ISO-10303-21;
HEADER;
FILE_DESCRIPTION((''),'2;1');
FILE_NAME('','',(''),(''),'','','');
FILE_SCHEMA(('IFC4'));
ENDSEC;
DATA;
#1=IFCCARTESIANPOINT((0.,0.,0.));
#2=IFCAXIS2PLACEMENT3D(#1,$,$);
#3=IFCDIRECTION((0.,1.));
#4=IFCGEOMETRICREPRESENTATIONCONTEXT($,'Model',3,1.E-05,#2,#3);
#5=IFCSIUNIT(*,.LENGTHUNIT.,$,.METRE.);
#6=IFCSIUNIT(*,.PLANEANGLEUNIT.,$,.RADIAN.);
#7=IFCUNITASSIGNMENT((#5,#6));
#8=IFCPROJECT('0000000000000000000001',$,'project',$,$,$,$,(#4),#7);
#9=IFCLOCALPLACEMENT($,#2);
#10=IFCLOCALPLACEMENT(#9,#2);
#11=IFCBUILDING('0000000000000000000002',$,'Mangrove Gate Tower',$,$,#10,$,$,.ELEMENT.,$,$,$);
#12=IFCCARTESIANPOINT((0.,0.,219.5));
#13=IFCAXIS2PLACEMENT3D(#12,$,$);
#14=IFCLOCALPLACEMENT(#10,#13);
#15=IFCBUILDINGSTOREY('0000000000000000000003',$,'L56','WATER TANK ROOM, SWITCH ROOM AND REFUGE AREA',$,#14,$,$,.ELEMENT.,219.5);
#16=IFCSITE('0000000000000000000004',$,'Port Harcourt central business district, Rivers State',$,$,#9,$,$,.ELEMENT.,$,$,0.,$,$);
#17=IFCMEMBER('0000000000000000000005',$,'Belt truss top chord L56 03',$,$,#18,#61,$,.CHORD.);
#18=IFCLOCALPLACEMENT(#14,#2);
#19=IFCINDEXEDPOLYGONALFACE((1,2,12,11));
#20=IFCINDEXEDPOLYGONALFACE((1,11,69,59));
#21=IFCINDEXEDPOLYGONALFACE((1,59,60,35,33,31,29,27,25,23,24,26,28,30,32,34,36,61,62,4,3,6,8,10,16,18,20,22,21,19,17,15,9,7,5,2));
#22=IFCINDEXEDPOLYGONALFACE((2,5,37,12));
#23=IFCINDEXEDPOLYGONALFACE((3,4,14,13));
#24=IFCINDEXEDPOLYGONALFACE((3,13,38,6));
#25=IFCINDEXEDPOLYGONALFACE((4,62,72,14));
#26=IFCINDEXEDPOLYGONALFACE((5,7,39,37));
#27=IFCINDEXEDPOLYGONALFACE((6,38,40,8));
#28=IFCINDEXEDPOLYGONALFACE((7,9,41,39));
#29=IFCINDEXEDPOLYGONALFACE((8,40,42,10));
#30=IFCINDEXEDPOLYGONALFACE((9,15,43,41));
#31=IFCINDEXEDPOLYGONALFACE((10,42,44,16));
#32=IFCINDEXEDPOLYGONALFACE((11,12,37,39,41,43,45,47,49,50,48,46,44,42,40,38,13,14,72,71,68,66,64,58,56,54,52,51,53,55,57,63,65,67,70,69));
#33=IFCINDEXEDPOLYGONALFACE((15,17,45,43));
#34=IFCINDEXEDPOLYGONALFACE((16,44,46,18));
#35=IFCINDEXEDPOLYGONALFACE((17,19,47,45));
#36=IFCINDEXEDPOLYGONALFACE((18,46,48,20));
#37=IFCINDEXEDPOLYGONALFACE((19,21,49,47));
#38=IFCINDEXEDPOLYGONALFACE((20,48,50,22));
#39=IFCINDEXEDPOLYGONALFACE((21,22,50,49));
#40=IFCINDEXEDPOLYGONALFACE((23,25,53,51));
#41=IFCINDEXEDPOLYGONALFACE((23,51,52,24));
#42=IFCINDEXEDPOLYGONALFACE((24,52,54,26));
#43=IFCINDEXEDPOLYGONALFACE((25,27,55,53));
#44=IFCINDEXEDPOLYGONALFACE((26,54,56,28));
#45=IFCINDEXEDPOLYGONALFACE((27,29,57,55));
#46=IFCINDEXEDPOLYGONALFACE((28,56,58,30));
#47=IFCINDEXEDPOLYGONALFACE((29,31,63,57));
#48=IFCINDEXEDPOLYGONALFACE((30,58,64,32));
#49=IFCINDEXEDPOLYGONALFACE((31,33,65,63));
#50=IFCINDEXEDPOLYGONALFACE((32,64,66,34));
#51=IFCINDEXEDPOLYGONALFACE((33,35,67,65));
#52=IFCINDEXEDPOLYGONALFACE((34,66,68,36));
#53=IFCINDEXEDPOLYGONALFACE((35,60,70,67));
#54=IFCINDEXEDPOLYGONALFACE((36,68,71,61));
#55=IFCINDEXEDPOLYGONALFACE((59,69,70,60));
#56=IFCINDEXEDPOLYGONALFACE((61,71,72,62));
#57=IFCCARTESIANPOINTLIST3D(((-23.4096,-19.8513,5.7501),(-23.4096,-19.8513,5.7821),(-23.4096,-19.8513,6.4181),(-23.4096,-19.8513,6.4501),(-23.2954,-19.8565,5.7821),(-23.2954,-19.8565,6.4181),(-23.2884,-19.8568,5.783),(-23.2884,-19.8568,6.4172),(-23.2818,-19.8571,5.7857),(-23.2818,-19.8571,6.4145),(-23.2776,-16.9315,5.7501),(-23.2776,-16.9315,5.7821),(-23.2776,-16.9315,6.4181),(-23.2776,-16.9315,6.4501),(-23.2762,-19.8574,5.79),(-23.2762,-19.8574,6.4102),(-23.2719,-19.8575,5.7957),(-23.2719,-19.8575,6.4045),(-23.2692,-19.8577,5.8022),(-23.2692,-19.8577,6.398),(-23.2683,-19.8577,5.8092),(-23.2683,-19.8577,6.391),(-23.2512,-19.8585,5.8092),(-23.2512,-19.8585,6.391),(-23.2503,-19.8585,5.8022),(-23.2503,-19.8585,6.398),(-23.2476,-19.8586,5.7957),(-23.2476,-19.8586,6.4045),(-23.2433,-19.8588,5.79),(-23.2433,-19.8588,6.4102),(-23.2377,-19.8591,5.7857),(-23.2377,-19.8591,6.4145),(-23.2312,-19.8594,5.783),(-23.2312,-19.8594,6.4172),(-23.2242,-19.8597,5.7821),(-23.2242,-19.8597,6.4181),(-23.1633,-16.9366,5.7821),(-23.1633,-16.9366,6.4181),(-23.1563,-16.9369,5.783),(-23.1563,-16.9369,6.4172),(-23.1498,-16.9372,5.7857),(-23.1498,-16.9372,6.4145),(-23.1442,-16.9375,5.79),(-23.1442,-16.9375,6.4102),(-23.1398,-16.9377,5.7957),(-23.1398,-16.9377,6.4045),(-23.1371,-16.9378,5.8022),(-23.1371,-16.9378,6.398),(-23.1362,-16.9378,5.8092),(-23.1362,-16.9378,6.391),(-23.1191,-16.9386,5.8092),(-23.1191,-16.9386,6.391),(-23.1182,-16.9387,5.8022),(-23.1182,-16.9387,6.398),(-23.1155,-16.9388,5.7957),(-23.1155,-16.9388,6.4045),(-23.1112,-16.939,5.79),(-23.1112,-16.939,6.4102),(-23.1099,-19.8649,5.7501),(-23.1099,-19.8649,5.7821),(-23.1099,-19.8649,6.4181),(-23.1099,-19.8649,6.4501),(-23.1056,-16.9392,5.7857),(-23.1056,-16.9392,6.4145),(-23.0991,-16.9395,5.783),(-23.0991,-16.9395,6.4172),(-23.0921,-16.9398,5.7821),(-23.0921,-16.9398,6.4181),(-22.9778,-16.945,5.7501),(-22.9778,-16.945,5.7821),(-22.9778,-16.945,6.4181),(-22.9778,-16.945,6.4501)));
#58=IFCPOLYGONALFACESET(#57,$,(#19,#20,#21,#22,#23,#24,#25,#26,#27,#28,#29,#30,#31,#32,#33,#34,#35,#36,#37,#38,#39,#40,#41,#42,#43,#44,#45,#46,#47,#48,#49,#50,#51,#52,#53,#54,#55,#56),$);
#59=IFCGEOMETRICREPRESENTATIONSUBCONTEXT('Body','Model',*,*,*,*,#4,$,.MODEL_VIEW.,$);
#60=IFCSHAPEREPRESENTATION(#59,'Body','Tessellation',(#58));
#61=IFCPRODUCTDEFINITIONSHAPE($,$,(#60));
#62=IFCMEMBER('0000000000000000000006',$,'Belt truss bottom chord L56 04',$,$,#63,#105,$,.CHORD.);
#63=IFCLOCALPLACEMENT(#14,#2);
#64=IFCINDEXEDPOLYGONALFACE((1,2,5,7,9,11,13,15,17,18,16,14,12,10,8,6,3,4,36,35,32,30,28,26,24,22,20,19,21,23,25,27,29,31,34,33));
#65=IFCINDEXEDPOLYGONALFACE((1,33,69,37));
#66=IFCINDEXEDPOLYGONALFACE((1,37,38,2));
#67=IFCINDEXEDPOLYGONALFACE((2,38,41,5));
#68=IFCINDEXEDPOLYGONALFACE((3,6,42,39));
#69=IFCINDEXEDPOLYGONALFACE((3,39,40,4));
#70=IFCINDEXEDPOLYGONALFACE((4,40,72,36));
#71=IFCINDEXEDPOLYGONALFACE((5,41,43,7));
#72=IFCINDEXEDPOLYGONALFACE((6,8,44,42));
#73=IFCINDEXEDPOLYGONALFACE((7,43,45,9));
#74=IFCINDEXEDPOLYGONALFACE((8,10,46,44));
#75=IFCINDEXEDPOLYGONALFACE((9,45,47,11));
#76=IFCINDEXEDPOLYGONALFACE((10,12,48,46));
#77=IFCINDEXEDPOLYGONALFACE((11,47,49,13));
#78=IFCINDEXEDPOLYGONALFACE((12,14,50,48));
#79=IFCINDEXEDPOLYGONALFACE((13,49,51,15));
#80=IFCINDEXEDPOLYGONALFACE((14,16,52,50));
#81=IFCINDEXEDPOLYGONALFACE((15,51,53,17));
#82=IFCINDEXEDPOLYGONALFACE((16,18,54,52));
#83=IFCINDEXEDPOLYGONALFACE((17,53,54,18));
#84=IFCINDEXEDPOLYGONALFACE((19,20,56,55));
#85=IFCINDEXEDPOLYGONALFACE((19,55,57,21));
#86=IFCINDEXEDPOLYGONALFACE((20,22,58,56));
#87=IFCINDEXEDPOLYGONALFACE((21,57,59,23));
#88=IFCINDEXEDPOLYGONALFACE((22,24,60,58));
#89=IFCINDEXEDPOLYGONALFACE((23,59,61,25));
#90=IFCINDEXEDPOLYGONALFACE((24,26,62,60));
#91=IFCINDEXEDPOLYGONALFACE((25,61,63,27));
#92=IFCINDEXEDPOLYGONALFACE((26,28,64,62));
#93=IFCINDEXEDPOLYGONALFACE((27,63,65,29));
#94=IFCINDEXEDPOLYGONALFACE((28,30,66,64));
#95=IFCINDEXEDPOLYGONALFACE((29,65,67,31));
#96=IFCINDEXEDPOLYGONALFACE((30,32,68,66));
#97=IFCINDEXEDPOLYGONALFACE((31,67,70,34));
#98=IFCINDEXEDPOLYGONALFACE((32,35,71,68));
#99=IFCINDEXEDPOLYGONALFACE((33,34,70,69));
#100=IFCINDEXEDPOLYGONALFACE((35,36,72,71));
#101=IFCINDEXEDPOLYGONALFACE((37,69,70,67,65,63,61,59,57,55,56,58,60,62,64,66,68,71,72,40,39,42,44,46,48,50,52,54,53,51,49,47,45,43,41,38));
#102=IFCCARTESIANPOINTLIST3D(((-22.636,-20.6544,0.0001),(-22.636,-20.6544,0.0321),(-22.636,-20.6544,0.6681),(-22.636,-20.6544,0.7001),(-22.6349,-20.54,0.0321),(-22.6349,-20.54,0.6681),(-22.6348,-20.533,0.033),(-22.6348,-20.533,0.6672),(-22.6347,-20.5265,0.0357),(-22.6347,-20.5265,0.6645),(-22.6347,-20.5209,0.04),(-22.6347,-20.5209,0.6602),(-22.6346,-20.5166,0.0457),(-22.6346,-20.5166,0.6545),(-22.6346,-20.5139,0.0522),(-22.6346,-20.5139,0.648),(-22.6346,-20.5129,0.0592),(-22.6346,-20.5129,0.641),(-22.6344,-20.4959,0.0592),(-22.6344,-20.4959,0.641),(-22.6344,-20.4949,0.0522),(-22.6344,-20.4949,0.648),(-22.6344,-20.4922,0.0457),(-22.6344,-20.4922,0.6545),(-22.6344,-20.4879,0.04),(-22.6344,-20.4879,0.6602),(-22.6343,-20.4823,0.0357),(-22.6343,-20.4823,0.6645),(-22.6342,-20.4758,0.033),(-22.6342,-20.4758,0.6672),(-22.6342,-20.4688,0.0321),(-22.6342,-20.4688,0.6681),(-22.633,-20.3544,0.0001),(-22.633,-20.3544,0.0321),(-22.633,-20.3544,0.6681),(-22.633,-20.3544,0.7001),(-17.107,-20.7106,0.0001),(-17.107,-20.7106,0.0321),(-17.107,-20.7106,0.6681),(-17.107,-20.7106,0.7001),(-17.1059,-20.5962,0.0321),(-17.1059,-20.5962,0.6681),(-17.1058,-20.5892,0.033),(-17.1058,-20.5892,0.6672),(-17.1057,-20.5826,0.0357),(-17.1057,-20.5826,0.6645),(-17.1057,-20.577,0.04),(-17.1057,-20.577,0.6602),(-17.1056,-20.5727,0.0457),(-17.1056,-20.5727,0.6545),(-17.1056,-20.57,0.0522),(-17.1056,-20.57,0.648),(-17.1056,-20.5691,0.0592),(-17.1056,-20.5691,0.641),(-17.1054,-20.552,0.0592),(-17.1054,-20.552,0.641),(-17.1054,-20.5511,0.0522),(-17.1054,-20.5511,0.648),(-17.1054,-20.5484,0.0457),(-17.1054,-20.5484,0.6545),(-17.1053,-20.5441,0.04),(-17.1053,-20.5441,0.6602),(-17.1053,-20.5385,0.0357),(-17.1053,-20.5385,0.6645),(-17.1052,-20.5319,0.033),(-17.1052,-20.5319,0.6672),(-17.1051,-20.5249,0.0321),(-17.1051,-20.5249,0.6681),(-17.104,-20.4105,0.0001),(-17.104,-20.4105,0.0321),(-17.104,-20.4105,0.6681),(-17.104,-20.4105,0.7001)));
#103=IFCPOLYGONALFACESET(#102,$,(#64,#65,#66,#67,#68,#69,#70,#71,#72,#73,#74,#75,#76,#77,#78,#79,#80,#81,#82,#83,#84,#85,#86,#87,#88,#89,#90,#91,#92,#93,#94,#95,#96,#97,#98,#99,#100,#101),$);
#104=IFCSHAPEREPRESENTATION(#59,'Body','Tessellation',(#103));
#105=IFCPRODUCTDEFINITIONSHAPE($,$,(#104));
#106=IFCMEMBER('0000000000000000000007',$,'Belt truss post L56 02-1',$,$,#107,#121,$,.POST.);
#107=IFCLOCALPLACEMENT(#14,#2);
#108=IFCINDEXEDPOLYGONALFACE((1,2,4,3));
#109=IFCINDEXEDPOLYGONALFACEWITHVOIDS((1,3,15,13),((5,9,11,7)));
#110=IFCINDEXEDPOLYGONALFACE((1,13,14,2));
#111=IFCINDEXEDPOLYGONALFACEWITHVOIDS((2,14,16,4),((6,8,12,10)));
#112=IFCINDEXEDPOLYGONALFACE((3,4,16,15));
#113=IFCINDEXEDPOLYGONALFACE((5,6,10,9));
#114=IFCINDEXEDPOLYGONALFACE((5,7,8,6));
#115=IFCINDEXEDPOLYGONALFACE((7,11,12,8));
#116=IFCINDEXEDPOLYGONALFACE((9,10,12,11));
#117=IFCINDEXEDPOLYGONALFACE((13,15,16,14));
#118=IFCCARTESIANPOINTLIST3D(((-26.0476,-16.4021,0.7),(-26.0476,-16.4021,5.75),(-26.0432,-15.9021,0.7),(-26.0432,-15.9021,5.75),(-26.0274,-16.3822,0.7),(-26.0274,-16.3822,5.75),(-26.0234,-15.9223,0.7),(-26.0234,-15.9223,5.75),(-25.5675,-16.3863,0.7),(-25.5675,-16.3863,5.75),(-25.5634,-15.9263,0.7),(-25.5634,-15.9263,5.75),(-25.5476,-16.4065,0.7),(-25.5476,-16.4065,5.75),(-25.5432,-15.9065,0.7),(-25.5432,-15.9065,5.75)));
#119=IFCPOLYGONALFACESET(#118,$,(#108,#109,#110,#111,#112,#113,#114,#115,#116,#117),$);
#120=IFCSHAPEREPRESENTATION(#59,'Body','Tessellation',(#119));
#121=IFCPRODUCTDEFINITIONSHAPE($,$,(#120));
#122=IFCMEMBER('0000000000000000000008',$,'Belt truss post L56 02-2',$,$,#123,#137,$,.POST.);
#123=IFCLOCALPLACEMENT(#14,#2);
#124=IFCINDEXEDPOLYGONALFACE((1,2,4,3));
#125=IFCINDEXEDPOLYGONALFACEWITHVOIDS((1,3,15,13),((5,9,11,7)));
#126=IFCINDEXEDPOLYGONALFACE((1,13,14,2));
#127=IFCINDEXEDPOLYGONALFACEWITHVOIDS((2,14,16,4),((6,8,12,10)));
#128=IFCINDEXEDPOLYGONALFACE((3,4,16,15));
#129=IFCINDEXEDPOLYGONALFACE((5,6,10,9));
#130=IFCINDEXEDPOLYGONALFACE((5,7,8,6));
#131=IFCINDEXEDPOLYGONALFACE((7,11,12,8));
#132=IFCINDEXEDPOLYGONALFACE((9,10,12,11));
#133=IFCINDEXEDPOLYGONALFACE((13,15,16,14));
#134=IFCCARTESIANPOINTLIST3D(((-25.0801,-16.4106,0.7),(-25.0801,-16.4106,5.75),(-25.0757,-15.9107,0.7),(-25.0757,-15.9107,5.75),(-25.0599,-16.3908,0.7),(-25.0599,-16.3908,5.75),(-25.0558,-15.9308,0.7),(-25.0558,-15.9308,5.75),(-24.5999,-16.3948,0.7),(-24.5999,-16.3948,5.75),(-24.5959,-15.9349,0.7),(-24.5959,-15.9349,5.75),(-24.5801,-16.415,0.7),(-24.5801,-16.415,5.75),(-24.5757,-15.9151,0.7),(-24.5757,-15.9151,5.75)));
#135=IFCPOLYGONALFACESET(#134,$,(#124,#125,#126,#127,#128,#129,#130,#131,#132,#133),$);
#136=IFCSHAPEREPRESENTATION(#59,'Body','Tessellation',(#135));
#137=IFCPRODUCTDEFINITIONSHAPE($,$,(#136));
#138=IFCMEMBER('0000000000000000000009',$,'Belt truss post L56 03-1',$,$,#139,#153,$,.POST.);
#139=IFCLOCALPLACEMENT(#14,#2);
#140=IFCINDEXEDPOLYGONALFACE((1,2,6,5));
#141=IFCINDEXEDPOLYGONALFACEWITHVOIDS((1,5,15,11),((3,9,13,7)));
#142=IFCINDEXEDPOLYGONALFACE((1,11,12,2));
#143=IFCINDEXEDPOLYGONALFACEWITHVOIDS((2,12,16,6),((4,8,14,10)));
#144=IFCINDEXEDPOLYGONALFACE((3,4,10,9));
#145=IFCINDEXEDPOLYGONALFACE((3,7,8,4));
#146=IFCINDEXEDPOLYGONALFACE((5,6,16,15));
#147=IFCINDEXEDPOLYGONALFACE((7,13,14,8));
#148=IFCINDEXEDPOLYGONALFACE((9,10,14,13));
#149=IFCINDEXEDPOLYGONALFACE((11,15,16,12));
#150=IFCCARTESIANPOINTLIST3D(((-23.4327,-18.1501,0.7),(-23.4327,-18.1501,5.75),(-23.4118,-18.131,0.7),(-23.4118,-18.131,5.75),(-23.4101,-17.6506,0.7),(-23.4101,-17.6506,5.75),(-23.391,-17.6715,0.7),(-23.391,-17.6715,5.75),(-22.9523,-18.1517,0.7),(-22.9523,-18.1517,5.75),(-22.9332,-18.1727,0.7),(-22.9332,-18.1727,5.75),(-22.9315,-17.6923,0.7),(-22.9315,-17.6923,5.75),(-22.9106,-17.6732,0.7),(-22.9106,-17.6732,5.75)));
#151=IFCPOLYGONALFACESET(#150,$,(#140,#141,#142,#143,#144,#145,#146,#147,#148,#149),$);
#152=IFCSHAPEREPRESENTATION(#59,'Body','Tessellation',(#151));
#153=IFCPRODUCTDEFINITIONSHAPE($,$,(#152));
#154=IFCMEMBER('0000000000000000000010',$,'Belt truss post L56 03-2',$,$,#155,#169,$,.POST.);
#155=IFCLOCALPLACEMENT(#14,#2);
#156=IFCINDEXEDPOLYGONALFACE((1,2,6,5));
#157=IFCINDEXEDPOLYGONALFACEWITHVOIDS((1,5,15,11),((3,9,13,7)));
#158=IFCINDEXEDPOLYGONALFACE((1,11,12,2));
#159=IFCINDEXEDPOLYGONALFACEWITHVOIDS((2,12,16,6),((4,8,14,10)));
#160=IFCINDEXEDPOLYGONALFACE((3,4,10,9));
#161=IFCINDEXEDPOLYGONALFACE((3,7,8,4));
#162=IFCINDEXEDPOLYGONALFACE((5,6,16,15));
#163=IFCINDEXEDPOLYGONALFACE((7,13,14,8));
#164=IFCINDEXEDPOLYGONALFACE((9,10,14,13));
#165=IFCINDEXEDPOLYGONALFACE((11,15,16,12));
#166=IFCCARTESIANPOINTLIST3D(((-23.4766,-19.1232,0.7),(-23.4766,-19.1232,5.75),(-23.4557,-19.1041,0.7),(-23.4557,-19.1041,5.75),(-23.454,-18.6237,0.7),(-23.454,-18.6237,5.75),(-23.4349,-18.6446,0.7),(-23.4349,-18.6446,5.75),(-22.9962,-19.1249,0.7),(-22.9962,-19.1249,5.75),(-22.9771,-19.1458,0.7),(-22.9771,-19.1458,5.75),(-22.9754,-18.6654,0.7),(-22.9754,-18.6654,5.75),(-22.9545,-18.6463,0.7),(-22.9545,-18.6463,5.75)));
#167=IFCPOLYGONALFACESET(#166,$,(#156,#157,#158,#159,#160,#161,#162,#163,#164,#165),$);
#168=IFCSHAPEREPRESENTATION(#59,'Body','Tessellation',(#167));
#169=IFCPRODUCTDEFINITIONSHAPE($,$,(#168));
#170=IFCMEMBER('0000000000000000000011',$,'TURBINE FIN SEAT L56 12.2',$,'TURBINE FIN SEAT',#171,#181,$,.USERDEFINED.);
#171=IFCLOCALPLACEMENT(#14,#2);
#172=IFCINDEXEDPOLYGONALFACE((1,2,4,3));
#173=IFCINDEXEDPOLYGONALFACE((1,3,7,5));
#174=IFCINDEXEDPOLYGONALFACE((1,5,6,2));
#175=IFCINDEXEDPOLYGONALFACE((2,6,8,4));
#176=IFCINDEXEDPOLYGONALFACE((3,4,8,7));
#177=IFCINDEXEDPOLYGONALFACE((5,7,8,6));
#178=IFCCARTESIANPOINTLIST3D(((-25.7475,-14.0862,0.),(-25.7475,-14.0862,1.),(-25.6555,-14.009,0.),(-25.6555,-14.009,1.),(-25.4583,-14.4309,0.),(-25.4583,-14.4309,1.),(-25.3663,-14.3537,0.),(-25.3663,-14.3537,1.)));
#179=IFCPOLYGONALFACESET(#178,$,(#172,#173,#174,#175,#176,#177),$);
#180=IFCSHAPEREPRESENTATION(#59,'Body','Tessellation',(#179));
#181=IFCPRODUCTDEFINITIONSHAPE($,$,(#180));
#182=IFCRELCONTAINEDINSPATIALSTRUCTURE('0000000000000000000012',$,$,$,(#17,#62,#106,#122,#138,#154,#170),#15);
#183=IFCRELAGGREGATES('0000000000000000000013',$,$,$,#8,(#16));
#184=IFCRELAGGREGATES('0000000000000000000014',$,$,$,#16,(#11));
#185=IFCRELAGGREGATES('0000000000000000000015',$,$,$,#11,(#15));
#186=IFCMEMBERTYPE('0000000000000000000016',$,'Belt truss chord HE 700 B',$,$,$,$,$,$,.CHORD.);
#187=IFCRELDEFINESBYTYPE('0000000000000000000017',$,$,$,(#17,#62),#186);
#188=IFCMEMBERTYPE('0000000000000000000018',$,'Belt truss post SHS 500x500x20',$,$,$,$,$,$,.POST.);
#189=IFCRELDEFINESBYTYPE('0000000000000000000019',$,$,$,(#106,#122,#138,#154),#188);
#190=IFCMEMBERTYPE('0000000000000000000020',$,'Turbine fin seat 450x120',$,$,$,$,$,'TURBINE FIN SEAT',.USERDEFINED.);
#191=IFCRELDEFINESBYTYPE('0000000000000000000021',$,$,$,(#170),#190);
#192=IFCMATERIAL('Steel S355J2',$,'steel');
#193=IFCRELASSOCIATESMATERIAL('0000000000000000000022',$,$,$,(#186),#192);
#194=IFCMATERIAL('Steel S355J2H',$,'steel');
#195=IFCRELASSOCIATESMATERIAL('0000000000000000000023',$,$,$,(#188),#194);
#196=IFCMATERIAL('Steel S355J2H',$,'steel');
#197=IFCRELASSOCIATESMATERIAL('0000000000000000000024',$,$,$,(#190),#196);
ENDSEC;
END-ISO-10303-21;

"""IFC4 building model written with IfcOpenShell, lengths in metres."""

from ifc_helpers import new_model, si_unit, direction, frame, origin, origin_2d, place, context, subcontext, project, spatial, rectangle, hollow_rectangle, i_section, extrude, material, material_profile, profile_set, type_object, element, save


model = new_model("IFC4")

# Units and contexts
model_context = context("Model", 3, precision=1e-05, world=origin(), true_north=direction((0.0, 1.0)))
body_context = subcontext(model_context, "Body", "Model", "MODEL_VIEW")
ifc_project = project(units=[si_unit("LENGTHUNIT", "METRE"), si_unit("PLANEANGLEUNIT", "RADIAN")], contexts=[model_context])

# Site, building, storey
site_placement = place(None, origin())
site = spatial("IfcSite", under=ifc_project, at=site_placement, Name="Port Harcourt central business district, Rivers State", CompositionType="ELEMENT", RefElevation=0.0)
building_placement = place(site_placement, origin())
building = spatial("IfcBuilding", under=site, at=building_placement, Name="Mangrove Gate Tower", CompositionType="ELEMENT")
storey_placement = place(building_placement, frame((0.0, 0.0, 219.5)))
storey = spatial("IfcBuildingStorey", under=building, at=storey_placement, Name="L56", Description="WATER TANK ROOM, SWITCH ROOM AND REFUGE AREA", CompositionType="ELEMENT", Elevation=219.5)

# Members
ifc_material_1 = material(Name="Steel S355J2", Category="steel")
ifc_material_profile_1 = material_profile(ifc_material_1, i_section(OverallWidth=0.3, OverallDepth=0.7, WebThickness=0.0171, FlangeThickness=0.032, FilletRadius=0.0271, at=origin_2d()))
ifc_profile_set_1 = profile_set([ifc_material_profile_1], Name="Steel S355J2")
member_type_1 = type_object("IfcMemberType", Name="Belt truss chord HE 700 B", PredefinedType="CHORD", material=ifc_profile_set_1)
for number, where, z_axis, x_axis, name in (
    (1, (-23.1277, -16.9382, 6.1001), (-0.045188, -0.998979, 0.0), (0.998979, -0.045188, 0.0), "Belt truss top chord L56 03"),
):
    element("IfcMember", number, at=place(storey_placement, frame(where, z_axis=z_axis, x_axis=x_axis)), inside=storey, type_object=member_type_1, Name=name, PredefinedType="CHORD", context=body_context, shape_type="SweptSolid", body=[
        extrude(i_section(OverallWidth=0.3, OverallDepth=0.7, WebThickness=0.0171, FlangeThickness=0.032, FilletRadius=0.0271, at=origin_2d()), origin(), (0.0, 0.0, 1.0), 2.9229),
    ])
member_1_placement = place(storey_placement, frame((-22.6345, -20.5044, 0.3501), z_axis=(0.999948, -0.010155, 0.0), x_axis=(0.010155, 0.999948, 0.0)))
element("IfcMember", 2, at=member_1_placement, inside=storey, type_object=member_type_1, Name="Belt truss bottom chord L56 04", PredefinedType="CHORD", context=body_context, shape_type="SweptSolid", body=[
    extrude(i_section(OverallWidth=0.3, OverallDepth=0.7, WebThickness=0.0171, FlangeThickness=0.032, FilletRadius=0.0271, at=origin_2d()), origin(), (0.0, 0.0, 1.0), 5.5293),
])
ifc_material_2 = material(Name="Steel S355J2H", Category="steel")
ifc_material_profile_2 = material_profile(ifc_material_2, hollow_rectangle(XDim=0.5, YDim=0.5, WallThickness=0.02, at=origin_2d()))
ifc_profile_set_2 = profile_set([ifc_material_profile_2], Name="Steel S355J2H")
member_type_2 = type_object("IfcMemberType", Name="Belt truss post SHS 500x500x20", PredefinedType="POST", material=ifc_profile_set_2)
for number, where, z_axis, x_axis, name in (
    (3, (-25.7954, -16.1543, 0.7), (0.0, 0.0, 1.0), (0.999961, -0.008796, 0.0), "Belt truss post L56 02-1"),
    (4, (-24.8279, -16.1628, 0.7), (0.0, 0.0, 1.0), (0.999961, -0.008796, 0.0), "Belt truss post L56 02-2"),
    (5, (-23.1716, -17.9116, 0.7), (0.0, 0.0, 1.0), (-0.045144, -0.998981, 0.0), "Belt truss post L56 03-1"),
    (6, (-23.2156, -18.8848, 0.7), (0.0, 0.0, 1.0), (-0.045144, -0.998981, 0.0), "Belt truss post L56 03-2"),
):
    element("IfcMember", number, at=place(storey_placement, frame(where, z_axis=z_axis, x_axis=x_axis)), inside=storey, type_object=member_type_2, Name=name, PredefinedType="POST", context=body_context, shape_type="SweptSolid", body=[
        extrude(hollow_rectangle(XDim=0.5, YDim=0.5, WallThickness=0.02, at=origin_2d()), origin(), (0.0, 0.0, 1.0), 5.05),
    ])
ifc_material_3 = material(Name="Steel S355J2H", Category="steel")
ifc_material_profile_3 = material_profile(ifc_material_3, rectangle(XDim=0.45, YDim=0.1201, at=origin_2d()))
ifc_profile_set_3 = profile_set([ifc_material_profile_3], Name="Steel S355J2H")
member_type_3 = type_object("IfcMemberType", Name="Turbine fin seat 450x120", ElementType="TURBINE FIN SEAT", PredefinedType="USERDEFINED", material=ifc_profile_set_3)
member_2_placement = place(storey_placement, frame((-25.5569, -14.22, 0.0), z_axis=(0.0, 0.0, 1.0), x_axis=(0.642788, -0.766044, 0.0)))
element("IfcMember", 7, at=member_2_placement, inside=storey, type_object=member_type_3, Name="TURBINE FIN SEAT L56 12.2", ObjectType="TURBINE FIN SEAT", PredefinedType="USERDEFINED", context=body_context, shape_type="SweptSolid", body=[
    extrude(rectangle(XDim=0.45, YDim=0.1201, at=origin_2d()), origin(), (0.0, 0.0, 1.0), 1.0),
])

save(model, "model.ifc")
